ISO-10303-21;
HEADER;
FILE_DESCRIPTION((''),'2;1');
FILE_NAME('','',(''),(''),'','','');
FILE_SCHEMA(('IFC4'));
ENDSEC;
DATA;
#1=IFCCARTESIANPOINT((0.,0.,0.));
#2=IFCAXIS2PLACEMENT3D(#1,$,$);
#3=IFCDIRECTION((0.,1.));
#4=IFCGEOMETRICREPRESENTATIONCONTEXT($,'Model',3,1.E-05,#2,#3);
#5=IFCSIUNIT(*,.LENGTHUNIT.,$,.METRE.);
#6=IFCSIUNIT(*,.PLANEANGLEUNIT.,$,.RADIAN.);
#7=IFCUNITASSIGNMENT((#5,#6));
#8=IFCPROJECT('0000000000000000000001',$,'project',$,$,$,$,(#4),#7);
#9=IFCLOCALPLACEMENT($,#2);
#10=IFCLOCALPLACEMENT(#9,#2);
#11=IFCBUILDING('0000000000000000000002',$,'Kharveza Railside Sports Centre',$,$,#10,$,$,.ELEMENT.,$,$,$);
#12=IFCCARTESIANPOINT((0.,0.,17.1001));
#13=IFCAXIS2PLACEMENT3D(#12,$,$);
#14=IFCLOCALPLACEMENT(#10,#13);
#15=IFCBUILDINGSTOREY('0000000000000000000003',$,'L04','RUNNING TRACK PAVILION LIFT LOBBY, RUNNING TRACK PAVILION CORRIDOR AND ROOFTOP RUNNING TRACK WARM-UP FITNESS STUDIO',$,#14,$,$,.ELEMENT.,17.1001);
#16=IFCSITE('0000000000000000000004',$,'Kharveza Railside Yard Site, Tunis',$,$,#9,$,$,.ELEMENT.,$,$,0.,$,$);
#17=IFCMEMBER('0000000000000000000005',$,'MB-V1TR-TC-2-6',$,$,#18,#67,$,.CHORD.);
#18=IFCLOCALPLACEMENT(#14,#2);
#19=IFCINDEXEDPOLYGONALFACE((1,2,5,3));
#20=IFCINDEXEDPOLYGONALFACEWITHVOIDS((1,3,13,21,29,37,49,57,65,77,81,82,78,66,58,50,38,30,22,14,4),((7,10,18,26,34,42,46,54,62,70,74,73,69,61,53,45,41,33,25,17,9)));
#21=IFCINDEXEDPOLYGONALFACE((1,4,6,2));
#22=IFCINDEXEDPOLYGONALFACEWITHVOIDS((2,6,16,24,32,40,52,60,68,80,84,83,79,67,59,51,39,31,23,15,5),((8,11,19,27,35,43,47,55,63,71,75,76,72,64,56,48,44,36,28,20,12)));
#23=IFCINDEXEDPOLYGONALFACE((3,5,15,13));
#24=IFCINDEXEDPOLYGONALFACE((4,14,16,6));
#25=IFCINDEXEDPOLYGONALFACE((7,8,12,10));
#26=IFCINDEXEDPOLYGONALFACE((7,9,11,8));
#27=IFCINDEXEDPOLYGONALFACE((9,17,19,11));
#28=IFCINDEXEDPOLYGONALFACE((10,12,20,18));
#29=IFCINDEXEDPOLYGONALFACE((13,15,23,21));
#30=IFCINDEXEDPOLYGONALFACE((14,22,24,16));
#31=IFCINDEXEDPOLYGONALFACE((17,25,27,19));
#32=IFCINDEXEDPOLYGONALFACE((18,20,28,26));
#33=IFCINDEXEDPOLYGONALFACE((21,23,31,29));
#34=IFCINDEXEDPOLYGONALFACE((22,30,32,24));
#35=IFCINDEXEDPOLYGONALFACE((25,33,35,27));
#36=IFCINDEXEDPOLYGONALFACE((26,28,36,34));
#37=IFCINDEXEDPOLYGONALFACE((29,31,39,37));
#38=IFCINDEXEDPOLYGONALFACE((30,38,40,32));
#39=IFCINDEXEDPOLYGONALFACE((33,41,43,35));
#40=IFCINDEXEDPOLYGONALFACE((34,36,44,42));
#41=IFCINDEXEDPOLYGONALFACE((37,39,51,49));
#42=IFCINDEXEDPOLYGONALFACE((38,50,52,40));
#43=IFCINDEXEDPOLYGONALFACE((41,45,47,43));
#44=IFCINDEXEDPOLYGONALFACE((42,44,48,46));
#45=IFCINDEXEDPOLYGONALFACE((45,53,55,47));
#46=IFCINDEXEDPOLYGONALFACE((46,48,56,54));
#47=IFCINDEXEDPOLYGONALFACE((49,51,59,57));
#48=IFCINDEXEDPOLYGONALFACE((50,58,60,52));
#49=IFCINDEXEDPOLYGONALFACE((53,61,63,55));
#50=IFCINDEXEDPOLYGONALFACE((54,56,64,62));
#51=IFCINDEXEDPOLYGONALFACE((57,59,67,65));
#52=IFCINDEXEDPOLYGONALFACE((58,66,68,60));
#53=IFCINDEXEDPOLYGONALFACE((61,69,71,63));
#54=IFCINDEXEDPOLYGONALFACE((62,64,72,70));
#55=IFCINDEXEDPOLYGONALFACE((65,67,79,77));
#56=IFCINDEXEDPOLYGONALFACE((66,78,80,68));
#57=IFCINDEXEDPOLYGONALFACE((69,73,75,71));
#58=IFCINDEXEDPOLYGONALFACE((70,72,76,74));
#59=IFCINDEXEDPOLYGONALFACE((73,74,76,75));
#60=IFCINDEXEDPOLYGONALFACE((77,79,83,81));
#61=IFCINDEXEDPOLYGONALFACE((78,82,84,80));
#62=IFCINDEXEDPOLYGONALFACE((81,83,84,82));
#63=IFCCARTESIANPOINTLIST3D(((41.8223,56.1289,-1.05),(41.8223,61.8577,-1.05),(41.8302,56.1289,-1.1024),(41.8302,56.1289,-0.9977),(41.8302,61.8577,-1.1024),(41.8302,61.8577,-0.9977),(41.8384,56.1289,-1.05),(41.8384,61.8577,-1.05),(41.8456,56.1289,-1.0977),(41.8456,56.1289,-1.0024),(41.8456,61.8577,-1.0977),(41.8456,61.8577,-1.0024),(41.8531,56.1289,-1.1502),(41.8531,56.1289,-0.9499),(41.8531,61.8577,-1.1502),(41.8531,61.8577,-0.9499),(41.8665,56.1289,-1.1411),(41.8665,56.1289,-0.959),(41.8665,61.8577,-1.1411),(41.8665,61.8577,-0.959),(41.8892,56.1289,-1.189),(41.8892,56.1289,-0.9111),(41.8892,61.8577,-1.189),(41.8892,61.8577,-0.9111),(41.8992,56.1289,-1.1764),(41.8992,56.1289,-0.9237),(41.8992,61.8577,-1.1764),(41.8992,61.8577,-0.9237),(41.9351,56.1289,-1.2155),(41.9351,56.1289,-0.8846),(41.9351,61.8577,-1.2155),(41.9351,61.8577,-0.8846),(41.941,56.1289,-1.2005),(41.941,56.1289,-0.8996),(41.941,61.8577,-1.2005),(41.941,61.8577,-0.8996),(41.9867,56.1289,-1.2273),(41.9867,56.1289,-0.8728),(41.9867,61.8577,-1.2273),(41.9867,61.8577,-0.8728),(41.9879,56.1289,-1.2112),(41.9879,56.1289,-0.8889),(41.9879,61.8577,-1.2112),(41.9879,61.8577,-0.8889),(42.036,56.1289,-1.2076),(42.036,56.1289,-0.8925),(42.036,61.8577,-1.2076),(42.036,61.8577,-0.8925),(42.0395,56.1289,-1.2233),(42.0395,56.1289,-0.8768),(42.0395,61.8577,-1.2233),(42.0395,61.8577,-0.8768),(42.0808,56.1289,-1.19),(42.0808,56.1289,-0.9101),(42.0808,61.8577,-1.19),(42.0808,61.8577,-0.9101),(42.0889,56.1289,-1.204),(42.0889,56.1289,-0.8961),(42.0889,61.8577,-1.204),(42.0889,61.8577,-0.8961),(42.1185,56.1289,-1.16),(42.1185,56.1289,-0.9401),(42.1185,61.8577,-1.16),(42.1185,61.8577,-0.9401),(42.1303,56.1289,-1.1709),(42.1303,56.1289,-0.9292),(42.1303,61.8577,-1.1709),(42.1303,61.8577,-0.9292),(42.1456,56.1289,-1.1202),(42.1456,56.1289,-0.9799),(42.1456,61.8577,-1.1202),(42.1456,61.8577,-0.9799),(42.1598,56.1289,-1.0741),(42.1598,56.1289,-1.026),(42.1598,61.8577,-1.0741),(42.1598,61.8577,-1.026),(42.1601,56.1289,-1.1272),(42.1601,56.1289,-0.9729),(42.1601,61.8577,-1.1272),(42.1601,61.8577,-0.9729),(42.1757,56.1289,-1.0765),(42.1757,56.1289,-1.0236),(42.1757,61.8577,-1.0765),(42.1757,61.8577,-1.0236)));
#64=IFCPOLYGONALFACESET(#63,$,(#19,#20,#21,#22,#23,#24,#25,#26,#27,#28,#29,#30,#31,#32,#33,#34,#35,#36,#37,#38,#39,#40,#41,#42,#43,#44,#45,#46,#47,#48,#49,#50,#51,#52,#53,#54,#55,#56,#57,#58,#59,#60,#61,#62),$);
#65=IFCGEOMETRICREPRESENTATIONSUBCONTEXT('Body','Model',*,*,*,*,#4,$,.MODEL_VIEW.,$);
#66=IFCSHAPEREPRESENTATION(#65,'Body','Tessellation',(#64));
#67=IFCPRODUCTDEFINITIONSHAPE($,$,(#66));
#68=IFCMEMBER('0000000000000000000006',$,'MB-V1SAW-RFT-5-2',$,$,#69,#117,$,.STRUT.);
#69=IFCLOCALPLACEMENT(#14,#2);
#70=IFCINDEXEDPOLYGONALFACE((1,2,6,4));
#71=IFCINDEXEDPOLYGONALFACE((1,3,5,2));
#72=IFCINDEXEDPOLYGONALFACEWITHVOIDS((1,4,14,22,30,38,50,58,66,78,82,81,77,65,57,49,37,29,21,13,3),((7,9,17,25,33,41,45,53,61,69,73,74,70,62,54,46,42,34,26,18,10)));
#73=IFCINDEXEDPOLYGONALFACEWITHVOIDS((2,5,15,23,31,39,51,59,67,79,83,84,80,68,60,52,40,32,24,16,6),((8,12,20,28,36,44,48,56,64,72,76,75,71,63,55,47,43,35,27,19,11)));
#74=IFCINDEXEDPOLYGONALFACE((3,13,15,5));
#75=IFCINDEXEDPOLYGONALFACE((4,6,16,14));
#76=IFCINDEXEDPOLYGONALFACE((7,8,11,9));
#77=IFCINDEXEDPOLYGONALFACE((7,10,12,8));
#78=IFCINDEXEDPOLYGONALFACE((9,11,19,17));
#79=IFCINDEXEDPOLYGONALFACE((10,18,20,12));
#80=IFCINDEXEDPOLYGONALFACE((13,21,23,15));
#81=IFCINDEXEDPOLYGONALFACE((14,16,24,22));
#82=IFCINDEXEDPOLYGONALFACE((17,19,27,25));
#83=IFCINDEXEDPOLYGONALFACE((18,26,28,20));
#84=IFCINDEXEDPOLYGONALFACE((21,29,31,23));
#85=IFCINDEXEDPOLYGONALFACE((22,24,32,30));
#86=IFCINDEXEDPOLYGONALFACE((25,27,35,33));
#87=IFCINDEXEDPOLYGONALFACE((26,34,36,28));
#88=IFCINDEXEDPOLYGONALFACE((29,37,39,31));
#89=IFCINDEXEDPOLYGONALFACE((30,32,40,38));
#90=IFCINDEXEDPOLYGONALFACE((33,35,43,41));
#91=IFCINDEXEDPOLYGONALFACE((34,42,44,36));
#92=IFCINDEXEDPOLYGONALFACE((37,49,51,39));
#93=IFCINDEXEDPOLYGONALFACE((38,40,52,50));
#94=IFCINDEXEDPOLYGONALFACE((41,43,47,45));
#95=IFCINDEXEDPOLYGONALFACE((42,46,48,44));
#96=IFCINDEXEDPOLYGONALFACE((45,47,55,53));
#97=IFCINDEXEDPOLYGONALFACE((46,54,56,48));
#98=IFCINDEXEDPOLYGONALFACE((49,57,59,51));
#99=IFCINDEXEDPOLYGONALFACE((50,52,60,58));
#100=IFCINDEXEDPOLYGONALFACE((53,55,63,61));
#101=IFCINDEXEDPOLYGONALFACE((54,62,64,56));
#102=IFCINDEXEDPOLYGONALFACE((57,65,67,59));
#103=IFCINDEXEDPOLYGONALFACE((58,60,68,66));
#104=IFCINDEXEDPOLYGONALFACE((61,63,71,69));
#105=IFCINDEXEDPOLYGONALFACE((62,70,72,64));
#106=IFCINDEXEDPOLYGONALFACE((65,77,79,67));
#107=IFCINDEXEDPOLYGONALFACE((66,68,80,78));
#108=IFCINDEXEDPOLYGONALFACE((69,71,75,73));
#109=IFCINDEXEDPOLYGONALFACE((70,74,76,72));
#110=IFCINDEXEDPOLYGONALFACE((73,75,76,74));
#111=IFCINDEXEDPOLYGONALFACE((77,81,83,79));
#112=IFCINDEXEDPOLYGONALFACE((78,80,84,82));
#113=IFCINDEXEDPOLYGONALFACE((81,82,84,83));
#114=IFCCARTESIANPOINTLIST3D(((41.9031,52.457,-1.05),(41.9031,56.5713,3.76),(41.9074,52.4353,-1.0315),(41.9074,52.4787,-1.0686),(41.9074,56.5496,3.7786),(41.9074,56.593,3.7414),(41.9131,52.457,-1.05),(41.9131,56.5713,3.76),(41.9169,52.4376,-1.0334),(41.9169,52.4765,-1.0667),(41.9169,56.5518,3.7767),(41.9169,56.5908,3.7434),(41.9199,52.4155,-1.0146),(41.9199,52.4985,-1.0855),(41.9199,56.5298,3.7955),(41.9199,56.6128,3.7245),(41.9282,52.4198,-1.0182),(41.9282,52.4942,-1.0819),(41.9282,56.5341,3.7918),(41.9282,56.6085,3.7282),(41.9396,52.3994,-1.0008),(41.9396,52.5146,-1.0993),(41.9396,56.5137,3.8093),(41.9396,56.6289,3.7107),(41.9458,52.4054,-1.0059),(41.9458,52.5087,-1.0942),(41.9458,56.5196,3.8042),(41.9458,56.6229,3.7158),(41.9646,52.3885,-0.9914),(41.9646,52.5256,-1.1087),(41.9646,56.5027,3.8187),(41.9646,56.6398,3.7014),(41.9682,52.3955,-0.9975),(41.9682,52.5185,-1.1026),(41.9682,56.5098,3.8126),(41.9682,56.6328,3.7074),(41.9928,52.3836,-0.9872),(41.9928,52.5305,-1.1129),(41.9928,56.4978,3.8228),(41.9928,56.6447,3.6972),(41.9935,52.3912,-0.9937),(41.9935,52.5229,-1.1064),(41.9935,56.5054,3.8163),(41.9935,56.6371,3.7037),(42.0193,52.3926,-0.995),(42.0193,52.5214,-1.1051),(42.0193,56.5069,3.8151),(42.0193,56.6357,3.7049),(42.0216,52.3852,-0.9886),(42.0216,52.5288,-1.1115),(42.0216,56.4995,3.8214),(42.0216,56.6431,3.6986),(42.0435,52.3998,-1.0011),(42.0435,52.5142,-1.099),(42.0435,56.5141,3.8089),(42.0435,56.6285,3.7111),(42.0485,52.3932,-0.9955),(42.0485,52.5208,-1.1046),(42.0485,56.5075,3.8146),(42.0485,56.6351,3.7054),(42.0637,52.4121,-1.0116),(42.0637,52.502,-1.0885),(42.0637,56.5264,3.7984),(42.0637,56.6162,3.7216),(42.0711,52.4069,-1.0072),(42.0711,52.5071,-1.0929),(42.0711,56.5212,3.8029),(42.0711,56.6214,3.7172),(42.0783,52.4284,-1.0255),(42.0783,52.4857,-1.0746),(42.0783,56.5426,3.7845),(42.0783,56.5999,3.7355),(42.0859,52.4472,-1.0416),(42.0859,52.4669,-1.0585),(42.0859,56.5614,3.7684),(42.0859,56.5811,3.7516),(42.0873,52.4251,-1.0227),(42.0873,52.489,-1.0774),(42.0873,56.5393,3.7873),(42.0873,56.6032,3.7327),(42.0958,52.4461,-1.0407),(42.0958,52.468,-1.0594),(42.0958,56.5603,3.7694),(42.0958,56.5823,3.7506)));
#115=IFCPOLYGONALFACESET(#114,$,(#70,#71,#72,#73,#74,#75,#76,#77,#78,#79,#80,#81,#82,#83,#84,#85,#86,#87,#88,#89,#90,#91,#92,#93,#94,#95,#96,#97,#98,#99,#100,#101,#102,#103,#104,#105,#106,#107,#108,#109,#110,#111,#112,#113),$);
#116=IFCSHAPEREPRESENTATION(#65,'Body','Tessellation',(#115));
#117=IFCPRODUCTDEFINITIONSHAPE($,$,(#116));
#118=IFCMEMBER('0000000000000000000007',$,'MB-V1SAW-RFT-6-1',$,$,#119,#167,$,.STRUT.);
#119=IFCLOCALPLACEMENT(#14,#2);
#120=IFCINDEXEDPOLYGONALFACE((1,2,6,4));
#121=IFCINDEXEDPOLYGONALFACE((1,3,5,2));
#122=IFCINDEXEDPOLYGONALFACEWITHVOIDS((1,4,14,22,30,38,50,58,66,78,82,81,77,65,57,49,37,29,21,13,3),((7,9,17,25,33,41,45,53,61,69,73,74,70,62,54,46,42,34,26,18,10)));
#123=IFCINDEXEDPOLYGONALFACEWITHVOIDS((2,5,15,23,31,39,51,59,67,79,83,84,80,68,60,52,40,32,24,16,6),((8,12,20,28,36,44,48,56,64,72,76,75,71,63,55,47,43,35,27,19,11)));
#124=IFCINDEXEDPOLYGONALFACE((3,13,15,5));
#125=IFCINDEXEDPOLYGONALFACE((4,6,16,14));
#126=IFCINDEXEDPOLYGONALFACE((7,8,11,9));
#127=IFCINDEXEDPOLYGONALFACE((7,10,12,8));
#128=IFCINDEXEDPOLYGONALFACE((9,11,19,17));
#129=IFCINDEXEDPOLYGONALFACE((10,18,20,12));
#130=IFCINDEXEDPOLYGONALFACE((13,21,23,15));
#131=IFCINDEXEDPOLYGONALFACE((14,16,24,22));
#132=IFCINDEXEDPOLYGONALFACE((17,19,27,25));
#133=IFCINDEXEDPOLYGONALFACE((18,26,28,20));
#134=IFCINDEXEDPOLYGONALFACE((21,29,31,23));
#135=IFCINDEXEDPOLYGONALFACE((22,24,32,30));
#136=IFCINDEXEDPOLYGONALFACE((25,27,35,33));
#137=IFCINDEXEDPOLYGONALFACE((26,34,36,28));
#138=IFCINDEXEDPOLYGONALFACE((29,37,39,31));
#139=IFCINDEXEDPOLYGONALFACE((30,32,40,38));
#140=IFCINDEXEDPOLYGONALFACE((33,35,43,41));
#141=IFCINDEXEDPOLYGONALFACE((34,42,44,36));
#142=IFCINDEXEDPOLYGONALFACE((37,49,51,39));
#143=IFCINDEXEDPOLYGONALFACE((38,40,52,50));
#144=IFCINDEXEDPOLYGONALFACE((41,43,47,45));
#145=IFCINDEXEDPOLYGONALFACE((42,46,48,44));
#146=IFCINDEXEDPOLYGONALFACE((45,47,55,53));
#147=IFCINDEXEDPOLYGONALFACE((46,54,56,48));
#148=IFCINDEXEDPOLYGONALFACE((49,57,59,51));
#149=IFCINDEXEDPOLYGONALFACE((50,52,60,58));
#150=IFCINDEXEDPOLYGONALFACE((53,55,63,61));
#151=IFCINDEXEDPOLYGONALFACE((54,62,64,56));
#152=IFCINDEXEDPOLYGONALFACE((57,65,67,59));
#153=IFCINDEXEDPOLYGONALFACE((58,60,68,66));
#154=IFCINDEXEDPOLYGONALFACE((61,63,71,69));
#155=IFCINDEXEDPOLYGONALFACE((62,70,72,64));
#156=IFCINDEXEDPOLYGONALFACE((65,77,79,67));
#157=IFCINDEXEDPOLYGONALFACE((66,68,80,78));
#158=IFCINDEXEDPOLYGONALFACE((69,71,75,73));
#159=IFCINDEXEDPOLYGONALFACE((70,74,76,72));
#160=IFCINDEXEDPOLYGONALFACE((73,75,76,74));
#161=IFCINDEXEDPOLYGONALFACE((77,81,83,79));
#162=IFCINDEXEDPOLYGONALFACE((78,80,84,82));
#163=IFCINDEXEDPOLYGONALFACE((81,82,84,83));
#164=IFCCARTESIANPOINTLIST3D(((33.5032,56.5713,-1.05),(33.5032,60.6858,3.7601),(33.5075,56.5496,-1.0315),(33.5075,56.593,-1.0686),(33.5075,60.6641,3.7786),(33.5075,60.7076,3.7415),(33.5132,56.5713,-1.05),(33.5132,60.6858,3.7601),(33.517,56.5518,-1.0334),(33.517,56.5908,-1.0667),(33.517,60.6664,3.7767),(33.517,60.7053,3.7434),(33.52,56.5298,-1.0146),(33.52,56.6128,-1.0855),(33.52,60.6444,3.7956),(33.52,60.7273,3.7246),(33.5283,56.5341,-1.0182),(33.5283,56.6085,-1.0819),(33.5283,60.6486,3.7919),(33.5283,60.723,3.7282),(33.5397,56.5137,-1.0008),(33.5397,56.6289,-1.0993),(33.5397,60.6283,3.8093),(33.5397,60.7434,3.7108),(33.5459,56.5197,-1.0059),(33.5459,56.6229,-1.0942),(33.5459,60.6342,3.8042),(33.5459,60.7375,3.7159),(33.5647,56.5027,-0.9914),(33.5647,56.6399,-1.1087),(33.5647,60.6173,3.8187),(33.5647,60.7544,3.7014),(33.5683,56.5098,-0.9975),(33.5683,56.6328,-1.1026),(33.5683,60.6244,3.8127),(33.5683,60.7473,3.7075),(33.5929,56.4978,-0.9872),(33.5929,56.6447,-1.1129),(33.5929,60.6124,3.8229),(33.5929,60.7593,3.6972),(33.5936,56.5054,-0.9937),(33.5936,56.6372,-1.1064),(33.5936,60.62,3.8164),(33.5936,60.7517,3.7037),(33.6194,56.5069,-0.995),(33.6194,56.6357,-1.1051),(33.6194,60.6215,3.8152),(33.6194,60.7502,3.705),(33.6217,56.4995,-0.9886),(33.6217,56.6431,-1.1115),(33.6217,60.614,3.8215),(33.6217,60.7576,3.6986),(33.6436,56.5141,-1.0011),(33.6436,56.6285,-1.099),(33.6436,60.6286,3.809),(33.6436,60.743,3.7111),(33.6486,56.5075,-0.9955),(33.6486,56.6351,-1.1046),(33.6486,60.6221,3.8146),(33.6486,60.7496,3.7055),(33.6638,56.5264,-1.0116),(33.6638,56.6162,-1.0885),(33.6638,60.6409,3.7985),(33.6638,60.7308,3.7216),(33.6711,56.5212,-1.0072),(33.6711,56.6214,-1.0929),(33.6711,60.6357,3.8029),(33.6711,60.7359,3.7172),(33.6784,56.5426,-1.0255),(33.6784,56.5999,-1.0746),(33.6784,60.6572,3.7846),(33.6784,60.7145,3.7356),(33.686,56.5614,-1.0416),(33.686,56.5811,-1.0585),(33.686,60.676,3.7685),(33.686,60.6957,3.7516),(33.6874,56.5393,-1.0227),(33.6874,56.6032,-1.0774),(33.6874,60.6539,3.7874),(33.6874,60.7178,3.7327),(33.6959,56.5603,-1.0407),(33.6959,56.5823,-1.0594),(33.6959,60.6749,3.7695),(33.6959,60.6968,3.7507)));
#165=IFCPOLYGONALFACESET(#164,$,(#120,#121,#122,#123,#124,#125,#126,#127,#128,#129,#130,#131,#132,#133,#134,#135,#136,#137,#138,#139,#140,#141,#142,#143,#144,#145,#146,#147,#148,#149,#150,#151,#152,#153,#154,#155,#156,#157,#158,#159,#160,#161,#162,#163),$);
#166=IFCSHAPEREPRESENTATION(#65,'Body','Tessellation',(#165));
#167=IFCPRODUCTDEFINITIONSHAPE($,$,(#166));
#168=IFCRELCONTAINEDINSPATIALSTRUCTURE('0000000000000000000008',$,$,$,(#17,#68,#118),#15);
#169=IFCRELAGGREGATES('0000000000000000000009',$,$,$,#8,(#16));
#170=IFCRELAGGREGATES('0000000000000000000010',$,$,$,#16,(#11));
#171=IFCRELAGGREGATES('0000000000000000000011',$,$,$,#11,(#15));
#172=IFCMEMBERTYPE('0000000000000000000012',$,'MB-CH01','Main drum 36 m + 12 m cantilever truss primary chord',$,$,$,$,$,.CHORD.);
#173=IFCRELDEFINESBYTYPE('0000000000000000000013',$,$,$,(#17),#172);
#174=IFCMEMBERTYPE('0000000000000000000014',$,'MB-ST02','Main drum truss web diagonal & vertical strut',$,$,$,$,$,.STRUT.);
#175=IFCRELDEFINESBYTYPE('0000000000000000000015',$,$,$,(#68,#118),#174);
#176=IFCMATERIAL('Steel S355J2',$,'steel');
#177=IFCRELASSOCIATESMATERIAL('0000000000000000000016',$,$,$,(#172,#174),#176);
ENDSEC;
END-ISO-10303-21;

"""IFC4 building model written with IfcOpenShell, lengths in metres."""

from ifc_helpers import new_model, si_unit, direction, frame, origin, origin_2d, place, context, subcontext, project, spatial, hollow_circle, extrude, material, material_profile, profile_set, type_object, element, save


model = new_model("IFC4")

# Units and contexts
model_context = context("Model", 3, precision=1e-05, world=origin(), true_north=direction((0.0, 1.0)))
body_context = subcontext(model_context, "Body", "Model", "MODEL_VIEW")
ifc_project = project(units=[si_unit("LENGTHUNIT", "METRE"), si_unit("PLANEANGLEUNIT", "RADIAN")], contexts=[model_context])

# Site, building, storey
site_placement = place(None, origin())
site = spatial("IfcSite", under=ifc_project, at=site_placement, Name="Kharveza Railside Yard Site, Tunis", CompositionType="ELEMENT", RefElevation=0.0)
building_placement = place(site_placement, origin())
building = spatial("IfcBuilding", under=site, at=building_placement, Name="Kharveza Railside Sports Centre", CompositionType="ELEMENT")
storey_placement = place(building_placement, frame((0.0, 0.0, 17.1001)))
storey = spatial("IfcBuildingStorey", under=building, at=storey_placement, Name="L04", Description="RUNNING TRACK PAVILION LIFT LOBBY, RUNNING TRACK PAVILION CORRIDOR AND ROOFTOP RUNNING TRACK WARM-UP FITNESS STUDIO", CompositionType="ELEMENT", Elevation=17.1001)

# Shared definitions
ifc_material_1 = material(Name="Steel S355J2", Category="steel")

# Members
ifc_material_profile_1 = material_profile(ifc_material_1, hollow_circle(Radius=0.1777, WallThickness=0.0161, at=origin_2d()), Name="CHS 355.6x16.0")
ifc_profile_set_1 = profile_set([ifc_material_profile_1], Name="Steel S355J2")
member_type_1 = type_object("IfcMemberType", Name="MB-CH01", Description="Main drum 36 m + 12 m cantilever truss primary chord", PredefinedType="CHORD", material=ifc_profile_set_1)
member_1_placement = place(storey_placement, frame((42.0, 56.1289, -1.05), z_axis=(0.0, 1.0, 0.0), x_axis=(-1.0, 0.0, 0.0)))
element("IfcMember", 1, at=member_1_placement, inside=storey, type_object=member_type_1, Name="MB-V1TR-TC-2-6", PredefinedType="CHORD", context=body_context, shape_type="SweptSolid", body=[
    extrude(hollow_circle(Radius=0.1777, WallThickness=0.0161, at=origin_2d()), origin(), (0.0, 0.0, 1.0), 5.7288),
])
ifc_material_profile_2 = material_profile(ifc_material_1, hollow_circle(Radius=0.0969, WallThickness=0.01, at=origin_2d()), Name="CHS 193.7x10.0")
ifc_profile_set_2 = profile_set([ifc_material_profile_2], Name="Steel S355J2")
member_type_2 = type_object("IfcMemberType", Name="MB-ST02", Description="Main drum truss web diagonal & vertical strut", PredefinedType="STRUT", material=ifc_profile_set_2)
member_2_placement = place(storey_placement, frame((42.0, 52.457, -1.05), z_axis=(0.0, 0.650003, 0.759931), x_axis=(-1.0, 0.0, 0.0)))
element("IfcMember", 2, at=member_2_placement, inside=storey, type_object=member_type_2, Name="MB-V1SAW-RFT-5-2", PredefinedType="STRUT", context=body_context, shape_type="SweptSolid", body=[
    extrude(hollow_circle(Radius=0.0969, WallThickness=0.01, at=origin_2d()), origin(), (0.0, 0.0, 1.0), 6.3296),
])
for number, where, z_axis, x_axis, name in (
    (3, (33.6001, 56.5713, -1.05), (0.0, 0.650026, 0.759912), (-1.0, 0.0, 0.0), "MB-V1SAW-RFT-6-1"),
):
    element("IfcMember", number, at=place(storey_placement, frame(where, z_axis=z_axis, x_axis=x_axis)), inside=storey, type_object=member_type_2, Name=name, PredefinedType="STRUT", context=body_context, shape_type="SweptSolid", body=[
        extrude(hollow_circle(Radius=0.0969, WallThickness=0.01, at=origin_2d()), origin(), (0.0, 0.0, 1.0), 6.3298),
    ])

save(model, "model.ifc")
